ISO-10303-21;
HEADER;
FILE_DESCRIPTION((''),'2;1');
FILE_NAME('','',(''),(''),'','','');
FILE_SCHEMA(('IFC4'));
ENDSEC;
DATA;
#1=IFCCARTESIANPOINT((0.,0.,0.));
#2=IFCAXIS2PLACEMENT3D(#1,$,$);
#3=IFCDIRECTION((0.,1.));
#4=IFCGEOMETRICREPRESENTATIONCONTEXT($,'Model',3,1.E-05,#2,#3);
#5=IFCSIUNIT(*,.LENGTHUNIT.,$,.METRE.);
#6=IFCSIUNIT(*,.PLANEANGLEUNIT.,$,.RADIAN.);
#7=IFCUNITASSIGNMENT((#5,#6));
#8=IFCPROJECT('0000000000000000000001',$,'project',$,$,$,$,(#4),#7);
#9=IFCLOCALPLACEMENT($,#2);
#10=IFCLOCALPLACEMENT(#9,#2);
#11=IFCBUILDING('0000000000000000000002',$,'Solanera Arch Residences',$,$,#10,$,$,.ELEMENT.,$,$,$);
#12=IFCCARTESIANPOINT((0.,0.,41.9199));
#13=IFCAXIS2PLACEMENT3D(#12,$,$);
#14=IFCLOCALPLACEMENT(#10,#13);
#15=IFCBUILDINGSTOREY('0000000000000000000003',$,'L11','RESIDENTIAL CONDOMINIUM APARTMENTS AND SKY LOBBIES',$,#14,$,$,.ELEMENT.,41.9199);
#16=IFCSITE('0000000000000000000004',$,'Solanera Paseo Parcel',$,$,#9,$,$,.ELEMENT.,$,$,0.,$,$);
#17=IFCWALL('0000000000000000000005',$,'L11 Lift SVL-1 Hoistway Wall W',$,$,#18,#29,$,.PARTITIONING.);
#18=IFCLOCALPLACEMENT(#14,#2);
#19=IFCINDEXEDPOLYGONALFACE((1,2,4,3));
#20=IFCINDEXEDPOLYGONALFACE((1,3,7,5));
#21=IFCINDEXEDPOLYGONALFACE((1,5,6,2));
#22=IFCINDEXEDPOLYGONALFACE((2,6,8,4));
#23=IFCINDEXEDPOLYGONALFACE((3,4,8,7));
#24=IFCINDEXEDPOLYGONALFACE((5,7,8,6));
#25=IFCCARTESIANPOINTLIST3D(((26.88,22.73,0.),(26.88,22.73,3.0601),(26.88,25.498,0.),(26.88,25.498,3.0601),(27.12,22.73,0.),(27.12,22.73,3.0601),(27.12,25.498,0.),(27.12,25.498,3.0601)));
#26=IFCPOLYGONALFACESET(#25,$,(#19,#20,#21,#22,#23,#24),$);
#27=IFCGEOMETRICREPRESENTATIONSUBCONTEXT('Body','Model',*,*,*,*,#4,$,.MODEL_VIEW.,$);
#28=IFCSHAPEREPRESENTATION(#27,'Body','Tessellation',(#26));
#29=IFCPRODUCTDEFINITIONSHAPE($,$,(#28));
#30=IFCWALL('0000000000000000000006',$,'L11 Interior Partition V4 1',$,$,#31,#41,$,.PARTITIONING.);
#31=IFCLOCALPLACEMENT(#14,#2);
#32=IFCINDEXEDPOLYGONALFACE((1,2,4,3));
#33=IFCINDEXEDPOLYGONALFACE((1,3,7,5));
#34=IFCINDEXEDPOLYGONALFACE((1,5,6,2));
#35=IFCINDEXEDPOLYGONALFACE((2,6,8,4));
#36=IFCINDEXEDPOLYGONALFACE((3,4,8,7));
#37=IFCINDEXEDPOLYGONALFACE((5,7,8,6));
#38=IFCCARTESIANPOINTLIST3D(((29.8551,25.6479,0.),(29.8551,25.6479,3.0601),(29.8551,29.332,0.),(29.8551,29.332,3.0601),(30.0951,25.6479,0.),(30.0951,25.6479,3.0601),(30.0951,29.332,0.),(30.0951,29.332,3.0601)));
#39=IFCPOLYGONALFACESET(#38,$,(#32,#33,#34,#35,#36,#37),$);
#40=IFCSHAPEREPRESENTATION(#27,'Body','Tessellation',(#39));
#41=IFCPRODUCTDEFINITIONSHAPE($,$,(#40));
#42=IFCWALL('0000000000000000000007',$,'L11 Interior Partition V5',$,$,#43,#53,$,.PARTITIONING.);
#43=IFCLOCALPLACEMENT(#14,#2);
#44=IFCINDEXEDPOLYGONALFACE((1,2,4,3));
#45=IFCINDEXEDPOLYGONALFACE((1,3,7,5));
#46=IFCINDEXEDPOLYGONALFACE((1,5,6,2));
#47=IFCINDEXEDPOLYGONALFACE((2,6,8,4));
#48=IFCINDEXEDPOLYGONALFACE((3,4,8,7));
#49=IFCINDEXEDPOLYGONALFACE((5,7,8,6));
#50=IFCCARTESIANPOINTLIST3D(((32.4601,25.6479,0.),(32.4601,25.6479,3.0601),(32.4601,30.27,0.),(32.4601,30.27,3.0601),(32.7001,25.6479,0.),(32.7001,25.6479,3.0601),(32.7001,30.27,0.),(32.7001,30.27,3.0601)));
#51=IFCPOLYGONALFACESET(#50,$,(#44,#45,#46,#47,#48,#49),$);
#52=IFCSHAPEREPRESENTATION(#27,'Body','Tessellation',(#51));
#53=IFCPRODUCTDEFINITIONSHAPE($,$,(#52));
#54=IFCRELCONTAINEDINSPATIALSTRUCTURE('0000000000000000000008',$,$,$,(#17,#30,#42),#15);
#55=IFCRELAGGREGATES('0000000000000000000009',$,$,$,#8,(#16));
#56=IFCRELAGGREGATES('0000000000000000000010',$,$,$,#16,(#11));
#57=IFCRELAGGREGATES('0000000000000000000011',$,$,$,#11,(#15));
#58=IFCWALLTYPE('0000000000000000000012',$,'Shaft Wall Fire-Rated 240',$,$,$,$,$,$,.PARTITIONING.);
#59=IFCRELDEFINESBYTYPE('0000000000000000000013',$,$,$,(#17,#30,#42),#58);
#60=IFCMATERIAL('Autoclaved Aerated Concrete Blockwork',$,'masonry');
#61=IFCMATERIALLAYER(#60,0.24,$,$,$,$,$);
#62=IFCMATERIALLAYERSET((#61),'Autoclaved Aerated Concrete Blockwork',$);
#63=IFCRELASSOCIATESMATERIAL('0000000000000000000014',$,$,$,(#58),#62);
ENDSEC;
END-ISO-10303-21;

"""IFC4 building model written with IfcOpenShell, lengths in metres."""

from ifc_helpers import new_model, si_unit, direction, frame, frame_2d, origin, place, context, subcontext, project, spatial, rectangle, extrude, material, layer, layer_set, type_object, element, save


model = new_model("IFC4")

# Units and contexts
model_context = context("Model", 3, precision=1e-05, world=origin(), true_north=direction((0.0, 1.0)))
body_context = subcontext(model_context, "Body", "Model", "MODEL_VIEW")
ifc_project = project(units=[si_unit("LENGTHUNIT", "METRE"), si_unit("PLANEANGLEUNIT", "RADIAN")], contexts=[model_context])

# Site, building, storey
site_placement = place(None, origin())
site = spatial("IfcSite", under=ifc_project, at=site_placement, Name="Solanera Paseo Parcel", CompositionType="ELEMENT", RefElevation=0.0)
building_placement = place(site_placement, origin())
building = spatial("IfcBuilding", under=site, at=building_placement, Name="Solanera Arch Residences", CompositionType="ELEMENT")
storey_placement = place(building_placement, frame((0.0, 0.0, 41.9199)))
storey = spatial("IfcBuildingStorey", under=building, at=storey_placement, Name="L11", Description="RESIDENTIAL CONDOMINIUM APARTMENTS AND SKY LOBBIES", CompositionType="ELEMENT", Elevation=41.9199)

# Walls
ifc_material_1 = material(Name="Autoclaved Aerated Concrete Blockwork", Category="masonry")
ifc_layer_1 = layer(ifc_material_1, 0.24)
ifc_layer_set_1 = layer_set([ifc_layer_1], Name="Autoclaved Aerated Concrete Blockwork")
wall_type_1 = type_object("IfcWallType", Name="Shaft Wall Fire-Rated 240", PredefinedType="PARTITIONING", material=ifc_layer_set_1)
wall_1_placement = place(storey_placement, frame((27.0, 22.73, 0.0), z_axis=(0.0, 0.0, 1.0), x_axis=(0.0, 1.0, 0.0)))
element("IfcWall", 1, at=wall_1_placement, inside=storey, type_object=wall_type_1, Name="L11 Lift SVL-1 Hoistway Wall W", PredefinedType="PARTITIONING", context=body_context, shape_type="SweptSolid", body=[
    extrude(rectangle(XDim=2.7681, YDim=0.24, at=frame_2d((1.384, 0.0))), origin(), (0.0, 0.0, 1.0), 3.0601),
])
wall_2_placement = place(storey_placement, frame((29.9751, 25.6479, 0.0), z_axis=(0.0, 0.0, 1.0), x_axis=(0.0, 1.0, 0.0)))
element("IfcWall", 2, at=wall_2_placement, inside=storey, type_object=wall_type_1, Name="L11 Interior Partition V4 1", PredefinedType="PARTITIONING", context=body_context, shape_type="SweptSolid", body=[
    extrude(rectangle(XDim=3.6841, YDim=0.24, at=frame_2d((1.842, 0.0))), origin(), (0.0, 0.0, 1.0), 3.0601),
])

# Wall
wall_3_placement = place(storey_placement, frame((32.5801, 25.6479, 0.0), z_axis=(0.0, 0.0, 1.0), x_axis=(0.0, 1.0, 0.0)))
element("IfcWall", 3, at=wall_3_placement, inside=storey, type_object=wall_type_1, Name="L11 Interior Partition V5", PredefinedType="PARTITIONING", context=body_context, shape_type="SweptSolid", body=[
    extrude(rectangle(XDim=4.6221, YDim=0.24, at=frame_2d((2.311, 0.0))), origin(), (0.0, 0.0, 1.0), 3.0601),
])

save(model, "model.ifc")
